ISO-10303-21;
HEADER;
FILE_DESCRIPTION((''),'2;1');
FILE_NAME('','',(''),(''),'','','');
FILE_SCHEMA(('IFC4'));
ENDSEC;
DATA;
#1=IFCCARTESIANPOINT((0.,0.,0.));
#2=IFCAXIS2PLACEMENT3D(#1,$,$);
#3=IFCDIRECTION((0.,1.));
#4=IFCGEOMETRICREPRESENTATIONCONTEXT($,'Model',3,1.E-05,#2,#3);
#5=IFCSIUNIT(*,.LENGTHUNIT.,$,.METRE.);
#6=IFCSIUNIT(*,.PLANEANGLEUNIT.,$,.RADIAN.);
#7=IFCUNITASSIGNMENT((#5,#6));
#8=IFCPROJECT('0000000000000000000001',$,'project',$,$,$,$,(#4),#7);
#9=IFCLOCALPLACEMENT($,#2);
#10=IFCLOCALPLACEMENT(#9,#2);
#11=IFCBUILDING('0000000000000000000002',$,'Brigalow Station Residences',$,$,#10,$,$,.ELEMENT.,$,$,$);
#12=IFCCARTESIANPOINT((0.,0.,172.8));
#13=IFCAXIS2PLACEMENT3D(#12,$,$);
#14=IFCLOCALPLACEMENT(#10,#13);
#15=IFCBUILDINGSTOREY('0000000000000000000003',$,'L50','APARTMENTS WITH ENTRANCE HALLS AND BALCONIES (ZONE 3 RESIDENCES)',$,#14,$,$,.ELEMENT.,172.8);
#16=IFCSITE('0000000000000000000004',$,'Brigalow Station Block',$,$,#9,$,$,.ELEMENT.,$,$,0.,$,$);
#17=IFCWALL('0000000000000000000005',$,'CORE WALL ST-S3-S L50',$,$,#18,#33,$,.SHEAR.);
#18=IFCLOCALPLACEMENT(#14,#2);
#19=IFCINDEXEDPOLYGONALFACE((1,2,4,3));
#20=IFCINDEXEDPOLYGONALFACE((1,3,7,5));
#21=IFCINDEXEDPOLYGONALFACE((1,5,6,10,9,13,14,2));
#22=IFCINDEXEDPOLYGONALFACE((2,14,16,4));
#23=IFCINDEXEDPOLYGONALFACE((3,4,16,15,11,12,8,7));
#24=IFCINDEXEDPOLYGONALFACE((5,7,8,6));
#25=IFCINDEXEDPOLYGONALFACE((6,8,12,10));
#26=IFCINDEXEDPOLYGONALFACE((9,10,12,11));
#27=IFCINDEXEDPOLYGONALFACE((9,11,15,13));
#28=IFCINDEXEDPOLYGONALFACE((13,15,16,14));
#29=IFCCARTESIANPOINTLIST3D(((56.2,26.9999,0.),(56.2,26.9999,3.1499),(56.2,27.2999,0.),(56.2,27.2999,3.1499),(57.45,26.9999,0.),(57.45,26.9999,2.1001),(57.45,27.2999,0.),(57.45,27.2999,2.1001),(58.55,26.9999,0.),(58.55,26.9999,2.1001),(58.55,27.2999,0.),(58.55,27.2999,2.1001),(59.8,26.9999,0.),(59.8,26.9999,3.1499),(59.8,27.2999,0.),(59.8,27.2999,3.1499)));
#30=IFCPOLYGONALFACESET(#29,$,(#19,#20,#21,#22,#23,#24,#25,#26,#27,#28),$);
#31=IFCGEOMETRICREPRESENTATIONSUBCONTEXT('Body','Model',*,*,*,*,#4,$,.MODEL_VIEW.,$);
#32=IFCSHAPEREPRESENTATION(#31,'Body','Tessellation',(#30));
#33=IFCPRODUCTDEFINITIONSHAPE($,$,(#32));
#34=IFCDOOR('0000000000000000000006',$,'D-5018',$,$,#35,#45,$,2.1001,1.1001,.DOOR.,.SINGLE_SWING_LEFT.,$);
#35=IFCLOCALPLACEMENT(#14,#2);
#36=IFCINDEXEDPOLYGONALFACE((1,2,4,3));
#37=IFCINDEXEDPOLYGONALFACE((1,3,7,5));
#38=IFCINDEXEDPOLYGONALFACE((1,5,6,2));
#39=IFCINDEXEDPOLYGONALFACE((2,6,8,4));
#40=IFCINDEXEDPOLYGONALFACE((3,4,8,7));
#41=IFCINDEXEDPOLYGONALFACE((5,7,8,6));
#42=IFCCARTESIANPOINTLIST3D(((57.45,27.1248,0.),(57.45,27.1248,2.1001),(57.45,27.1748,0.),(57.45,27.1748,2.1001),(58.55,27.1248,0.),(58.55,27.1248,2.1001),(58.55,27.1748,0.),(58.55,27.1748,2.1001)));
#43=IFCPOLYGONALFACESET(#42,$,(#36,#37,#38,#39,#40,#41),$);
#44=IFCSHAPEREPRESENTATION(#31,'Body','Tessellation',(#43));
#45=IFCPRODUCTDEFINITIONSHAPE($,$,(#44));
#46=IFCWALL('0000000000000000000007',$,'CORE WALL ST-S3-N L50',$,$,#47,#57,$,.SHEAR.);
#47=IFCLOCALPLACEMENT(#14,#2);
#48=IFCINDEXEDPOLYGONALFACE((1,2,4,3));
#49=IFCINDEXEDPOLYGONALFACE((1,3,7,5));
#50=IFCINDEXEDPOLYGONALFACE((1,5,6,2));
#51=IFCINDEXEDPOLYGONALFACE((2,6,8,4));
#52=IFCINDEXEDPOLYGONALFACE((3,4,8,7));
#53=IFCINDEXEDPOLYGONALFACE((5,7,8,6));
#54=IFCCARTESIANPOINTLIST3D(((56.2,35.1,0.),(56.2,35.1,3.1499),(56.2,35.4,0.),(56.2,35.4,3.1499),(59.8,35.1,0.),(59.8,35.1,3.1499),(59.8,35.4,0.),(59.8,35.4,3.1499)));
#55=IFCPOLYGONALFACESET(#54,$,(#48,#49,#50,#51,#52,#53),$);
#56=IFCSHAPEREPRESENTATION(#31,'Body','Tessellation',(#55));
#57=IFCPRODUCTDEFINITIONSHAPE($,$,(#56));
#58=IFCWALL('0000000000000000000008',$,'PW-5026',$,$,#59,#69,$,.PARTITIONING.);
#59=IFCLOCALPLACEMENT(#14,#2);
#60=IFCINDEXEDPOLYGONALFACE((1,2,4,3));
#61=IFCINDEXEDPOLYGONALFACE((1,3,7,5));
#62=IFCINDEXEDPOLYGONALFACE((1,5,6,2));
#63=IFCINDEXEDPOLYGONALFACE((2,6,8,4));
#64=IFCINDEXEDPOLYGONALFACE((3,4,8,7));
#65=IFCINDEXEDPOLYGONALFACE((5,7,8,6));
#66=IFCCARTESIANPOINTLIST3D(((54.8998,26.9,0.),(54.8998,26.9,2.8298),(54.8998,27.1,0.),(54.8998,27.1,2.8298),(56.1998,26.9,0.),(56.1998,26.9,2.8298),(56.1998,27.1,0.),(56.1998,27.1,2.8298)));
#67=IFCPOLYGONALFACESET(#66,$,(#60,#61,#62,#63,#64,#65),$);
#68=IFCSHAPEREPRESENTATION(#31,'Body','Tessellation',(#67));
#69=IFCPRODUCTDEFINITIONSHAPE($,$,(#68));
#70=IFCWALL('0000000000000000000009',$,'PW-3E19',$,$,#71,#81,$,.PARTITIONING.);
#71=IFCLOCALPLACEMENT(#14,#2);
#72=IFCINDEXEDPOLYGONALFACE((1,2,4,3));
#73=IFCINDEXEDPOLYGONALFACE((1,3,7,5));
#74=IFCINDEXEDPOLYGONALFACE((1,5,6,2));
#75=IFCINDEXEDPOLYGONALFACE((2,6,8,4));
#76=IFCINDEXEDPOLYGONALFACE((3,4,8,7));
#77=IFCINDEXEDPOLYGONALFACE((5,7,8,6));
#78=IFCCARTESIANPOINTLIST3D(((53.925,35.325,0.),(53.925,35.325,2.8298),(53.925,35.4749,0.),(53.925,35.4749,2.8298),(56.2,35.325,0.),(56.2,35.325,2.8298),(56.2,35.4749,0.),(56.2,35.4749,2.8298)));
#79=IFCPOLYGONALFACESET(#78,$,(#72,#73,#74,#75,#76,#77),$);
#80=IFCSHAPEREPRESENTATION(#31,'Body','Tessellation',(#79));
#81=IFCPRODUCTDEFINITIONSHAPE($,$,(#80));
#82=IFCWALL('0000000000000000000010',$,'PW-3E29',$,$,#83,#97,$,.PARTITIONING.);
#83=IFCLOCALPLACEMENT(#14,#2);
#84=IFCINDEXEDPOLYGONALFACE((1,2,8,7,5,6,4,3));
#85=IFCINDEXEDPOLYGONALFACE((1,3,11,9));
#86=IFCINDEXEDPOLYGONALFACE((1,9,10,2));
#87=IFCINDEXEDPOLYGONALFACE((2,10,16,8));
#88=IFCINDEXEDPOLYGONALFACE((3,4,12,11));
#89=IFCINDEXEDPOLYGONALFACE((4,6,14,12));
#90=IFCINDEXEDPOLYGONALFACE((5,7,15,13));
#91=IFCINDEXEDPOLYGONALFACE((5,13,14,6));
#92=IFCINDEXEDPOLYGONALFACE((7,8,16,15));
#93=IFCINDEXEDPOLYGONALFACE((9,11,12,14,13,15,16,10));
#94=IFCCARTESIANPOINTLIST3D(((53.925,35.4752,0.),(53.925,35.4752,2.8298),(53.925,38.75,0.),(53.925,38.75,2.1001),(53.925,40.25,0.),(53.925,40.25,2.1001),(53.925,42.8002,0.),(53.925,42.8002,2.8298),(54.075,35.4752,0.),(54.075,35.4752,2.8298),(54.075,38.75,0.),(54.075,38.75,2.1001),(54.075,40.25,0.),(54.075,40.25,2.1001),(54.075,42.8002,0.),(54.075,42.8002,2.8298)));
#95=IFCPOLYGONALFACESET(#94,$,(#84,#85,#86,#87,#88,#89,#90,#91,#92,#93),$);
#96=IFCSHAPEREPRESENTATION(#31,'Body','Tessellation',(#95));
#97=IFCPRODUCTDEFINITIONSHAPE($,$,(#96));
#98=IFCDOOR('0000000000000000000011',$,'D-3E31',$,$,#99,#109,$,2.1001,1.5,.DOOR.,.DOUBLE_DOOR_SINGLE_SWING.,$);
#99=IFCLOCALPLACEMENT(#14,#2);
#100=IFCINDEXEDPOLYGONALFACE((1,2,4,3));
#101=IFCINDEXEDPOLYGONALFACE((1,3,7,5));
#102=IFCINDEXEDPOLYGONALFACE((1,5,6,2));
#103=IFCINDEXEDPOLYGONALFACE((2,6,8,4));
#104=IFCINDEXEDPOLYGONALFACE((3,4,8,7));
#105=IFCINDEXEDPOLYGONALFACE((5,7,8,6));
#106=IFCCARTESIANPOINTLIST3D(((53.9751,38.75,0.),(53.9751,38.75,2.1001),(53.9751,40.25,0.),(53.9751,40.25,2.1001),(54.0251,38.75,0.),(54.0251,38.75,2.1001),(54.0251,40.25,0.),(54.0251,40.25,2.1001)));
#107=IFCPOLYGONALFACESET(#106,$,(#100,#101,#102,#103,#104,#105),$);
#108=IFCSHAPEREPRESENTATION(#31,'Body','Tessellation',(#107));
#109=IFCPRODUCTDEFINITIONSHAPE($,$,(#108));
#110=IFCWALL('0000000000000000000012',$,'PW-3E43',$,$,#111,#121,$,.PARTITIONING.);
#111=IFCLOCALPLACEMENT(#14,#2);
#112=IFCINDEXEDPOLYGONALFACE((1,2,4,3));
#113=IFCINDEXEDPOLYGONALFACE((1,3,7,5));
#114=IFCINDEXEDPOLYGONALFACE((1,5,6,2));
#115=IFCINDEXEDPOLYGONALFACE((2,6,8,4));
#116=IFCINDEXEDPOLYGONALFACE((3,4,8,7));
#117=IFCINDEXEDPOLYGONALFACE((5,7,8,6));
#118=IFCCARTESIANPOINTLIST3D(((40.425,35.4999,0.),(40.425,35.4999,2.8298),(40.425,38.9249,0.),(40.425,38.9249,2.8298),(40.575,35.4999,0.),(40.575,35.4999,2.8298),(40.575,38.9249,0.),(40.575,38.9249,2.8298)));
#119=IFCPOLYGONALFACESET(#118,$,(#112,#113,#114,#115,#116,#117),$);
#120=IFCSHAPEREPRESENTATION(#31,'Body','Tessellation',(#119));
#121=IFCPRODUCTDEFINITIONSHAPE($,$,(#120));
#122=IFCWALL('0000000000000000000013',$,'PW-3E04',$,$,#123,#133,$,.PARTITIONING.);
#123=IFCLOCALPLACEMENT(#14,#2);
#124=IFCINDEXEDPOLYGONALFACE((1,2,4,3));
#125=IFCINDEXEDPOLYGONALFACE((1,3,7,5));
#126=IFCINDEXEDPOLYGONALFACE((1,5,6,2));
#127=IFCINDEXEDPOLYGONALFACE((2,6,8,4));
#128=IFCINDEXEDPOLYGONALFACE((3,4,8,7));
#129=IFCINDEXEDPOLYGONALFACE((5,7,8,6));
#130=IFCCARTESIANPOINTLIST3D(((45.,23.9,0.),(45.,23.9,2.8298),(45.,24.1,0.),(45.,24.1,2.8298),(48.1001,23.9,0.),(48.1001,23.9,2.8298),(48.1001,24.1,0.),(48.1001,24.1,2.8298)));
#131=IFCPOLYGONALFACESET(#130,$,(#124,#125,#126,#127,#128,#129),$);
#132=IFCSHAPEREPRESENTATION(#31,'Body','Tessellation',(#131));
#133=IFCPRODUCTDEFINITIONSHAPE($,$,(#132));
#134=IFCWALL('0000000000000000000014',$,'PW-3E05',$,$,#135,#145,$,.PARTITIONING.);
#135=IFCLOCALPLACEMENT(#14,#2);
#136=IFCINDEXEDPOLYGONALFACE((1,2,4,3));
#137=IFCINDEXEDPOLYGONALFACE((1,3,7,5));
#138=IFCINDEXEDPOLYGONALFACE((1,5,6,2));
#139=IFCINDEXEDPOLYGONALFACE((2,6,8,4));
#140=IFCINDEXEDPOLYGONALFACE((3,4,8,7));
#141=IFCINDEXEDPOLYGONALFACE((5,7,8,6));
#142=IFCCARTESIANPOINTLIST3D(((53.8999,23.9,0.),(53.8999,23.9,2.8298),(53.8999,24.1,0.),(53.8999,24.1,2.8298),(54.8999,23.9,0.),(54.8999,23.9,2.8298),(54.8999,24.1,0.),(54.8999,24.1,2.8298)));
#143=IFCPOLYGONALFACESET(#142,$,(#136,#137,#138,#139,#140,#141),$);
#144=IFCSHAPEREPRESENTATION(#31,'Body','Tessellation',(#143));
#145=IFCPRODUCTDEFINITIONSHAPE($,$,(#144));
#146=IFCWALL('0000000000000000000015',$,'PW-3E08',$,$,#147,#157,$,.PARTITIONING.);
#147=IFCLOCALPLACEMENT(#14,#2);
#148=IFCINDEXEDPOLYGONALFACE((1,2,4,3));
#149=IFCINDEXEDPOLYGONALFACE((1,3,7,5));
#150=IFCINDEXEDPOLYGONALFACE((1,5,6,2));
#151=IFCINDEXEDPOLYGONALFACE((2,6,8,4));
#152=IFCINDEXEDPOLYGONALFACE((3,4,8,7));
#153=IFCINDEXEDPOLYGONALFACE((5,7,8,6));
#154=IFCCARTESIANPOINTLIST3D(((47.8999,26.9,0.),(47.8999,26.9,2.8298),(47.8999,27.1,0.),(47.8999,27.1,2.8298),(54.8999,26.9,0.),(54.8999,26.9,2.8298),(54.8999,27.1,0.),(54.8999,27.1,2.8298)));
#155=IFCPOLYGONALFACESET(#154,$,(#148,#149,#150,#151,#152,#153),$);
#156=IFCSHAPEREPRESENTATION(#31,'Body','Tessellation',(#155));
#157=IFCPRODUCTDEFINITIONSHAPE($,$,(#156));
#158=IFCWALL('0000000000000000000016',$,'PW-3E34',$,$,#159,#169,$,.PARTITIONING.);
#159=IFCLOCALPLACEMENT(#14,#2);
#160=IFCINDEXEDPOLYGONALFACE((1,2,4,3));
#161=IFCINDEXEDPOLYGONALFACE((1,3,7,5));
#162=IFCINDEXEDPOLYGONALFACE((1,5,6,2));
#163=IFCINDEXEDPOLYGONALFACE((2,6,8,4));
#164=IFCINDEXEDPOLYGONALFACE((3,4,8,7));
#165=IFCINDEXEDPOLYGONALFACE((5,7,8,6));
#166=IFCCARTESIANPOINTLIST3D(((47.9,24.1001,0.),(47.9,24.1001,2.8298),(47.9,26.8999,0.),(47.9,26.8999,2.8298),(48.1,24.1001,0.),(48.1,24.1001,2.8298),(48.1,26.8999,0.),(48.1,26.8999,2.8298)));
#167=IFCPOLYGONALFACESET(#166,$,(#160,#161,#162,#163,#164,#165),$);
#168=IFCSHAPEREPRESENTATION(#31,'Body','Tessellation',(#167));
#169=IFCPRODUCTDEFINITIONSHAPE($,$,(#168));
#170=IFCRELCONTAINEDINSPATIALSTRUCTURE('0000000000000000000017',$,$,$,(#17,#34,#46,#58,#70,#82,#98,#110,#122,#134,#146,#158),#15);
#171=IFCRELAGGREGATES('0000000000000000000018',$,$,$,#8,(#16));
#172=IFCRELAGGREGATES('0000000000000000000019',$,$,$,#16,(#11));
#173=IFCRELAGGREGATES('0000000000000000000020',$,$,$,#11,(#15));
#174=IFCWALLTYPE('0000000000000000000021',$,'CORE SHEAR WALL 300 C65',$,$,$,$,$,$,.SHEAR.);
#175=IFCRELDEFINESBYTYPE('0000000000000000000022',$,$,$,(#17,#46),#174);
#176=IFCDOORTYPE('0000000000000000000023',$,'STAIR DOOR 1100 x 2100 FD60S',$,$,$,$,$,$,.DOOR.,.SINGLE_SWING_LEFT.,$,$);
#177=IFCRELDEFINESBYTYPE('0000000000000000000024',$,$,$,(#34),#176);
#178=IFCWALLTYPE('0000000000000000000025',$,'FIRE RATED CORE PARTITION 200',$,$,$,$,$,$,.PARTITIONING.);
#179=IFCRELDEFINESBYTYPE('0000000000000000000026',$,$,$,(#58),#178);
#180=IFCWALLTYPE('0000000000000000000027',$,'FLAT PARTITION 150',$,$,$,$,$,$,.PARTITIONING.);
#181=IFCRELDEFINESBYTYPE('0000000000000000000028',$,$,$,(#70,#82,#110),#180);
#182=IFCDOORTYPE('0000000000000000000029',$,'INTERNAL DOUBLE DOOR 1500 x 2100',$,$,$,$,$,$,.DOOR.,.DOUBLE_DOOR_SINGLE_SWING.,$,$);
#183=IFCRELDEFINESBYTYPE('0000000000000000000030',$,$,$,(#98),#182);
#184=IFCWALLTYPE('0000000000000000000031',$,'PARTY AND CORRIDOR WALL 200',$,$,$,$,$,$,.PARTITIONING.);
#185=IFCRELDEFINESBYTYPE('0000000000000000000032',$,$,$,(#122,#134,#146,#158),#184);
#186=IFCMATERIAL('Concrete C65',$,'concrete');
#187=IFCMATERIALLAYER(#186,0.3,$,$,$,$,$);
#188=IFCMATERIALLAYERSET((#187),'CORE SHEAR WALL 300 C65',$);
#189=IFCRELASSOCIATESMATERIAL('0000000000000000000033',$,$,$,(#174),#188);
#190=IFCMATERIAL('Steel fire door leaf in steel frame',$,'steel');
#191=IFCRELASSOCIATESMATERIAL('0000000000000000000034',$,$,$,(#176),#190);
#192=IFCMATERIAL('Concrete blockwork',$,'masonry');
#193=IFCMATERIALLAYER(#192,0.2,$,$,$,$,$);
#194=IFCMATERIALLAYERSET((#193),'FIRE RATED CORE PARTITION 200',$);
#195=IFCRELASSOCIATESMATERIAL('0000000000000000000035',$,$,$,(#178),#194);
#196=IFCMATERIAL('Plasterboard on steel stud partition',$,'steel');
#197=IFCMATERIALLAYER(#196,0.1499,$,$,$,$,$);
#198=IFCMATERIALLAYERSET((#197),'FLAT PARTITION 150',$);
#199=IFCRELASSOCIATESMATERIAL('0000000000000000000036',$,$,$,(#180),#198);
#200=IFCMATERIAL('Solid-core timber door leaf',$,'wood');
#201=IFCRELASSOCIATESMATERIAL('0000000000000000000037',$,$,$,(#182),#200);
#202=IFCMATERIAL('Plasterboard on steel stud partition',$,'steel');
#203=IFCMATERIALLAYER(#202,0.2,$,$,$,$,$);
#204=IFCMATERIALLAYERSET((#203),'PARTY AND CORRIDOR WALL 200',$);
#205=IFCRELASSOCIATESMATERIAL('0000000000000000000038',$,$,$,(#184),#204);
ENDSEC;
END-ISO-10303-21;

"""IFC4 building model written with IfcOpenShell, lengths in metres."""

from ifc_helpers import new_model, si_unit, direction, frame, frame_2d, origin, place, context, subcontext, project, spatial, rectangle, extrude, material, layer, layer_set, type_object, element, fill, save


model = new_model("IFC4")

# Units and contexts
model_context = context("Model", 3, precision=1e-05, world=origin(), true_north=direction((0.0, 1.0)))
body_context = subcontext(model_context, "Body", "Model", "MODEL_VIEW")
ifc_project = project(units=[si_unit("LENGTHUNIT", "METRE"), si_unit("PLANEANGLEUNIT", "RADIAN")], contexts=[model_context])

# Site, building, storey
site_placement = place(None, origin())
site = spatial("IfcSite", under=ifc_project, at=site_placement, Name="Brigalow Station Block", CompositionType="ELEMENT", RefElevation=0.0)
building_placement = place(site_placement, origin())
building = spatial("IfcBuilding", under=site, at=building_placement, Name="Brigalow Station Residences", CompositionType="ELEMENT")
storey_placement = place(building_placement, frame((0.0, 0.0, 172.8)))
storey = spatial("IfcBuildingStorey", under=building, at=storey_placement, Name="L50", Description="APARTMENTS WITH ENTRANCE HALLS AND BALCONIES (ZONE 3 RESIDENCES)", CompositionType="ELEMENT", Elevation=172.8)

# Wall, opening, door
ifc_material_1 = material(Name="Concrete C65", Category="concrete")
ifc_layer_1 = layer(ifc_material_1, 0.3)
ifc_layer_set_1 = layer_set([ifc_layer_1], Name="CORE SHEAR WALL 300 C65")
wall_type_1 = type_object("IfcWallType", Name="CORE SHEAR WALL 300 C65", PredefinedType="SHEAR", material=ifc_layer_set_1)
wall_1_placement = place(storey_placement, frame((56.2, 27.1499, 0.0), z_axis=(0.0, 0.0, 1.0), x_axis=(1.0, 0.0, 0.0)))
wall_1 = element("IfcWall", 1, at=wall_1_placement, inside=storey, type_object=wall_type_1, Name="CORE WALL ST-S3-S L50", PredefinedType="SHEAR", context=body_context, shape_type="SweptSolid", body=[
    extrude(rectangle(XDim=3.6001, YDim=0.3, at=frame_2d((1.8, 0.0))), origin(), (0.0, 0.0, 1.0), 3.1499),
])
opening_1_placement = place(wall_1_placement, frame((1.25, 0.0, 0.0)))
opening_1 = element("IfcOpeningElement", 2, at=opening_1_placement, cuts=wall_1, PredefinedType="OPENING", context=body_context, shape_type="SweptSolid", body=[
    extrude(rectangle(XDim=1.1001, YDim=2.1001, at=frame_2d((0.55, 1.05))), frame((0.0, 0.1602, 0.0), z_axis=(0.0, -1.0, 0.0), x_axis=(1.0, 0.0, 0.0)), (0.0, 0.0, 1.0), 0.3201),
])
ifc_material_2 = material(Name="Steel fire door leaf in steel frame", Category="steel")
door_type_1 = type_object("IfcDoorType", Name="STAIR DOOR 1100 x 2100 FD60S", OperationType="SINGLE_SWING_LEFT", PredefinedType="DOOR", material=ifc_material_2)
door_1_placement = place(opening_1_placement, origin())
door_1 = element("IfcDoor", 3, at=door_1_placement, inside=storey, type_object=door_type_1, Name="D-5018", OperationType="SINGLE_SWING_LEFT", OverallHeight=2.1001, OverallWidth=1.1001, PredefinedType="DOOR", context=body_context, shape_type="SweptSolid", body=[
    extrude(rectangle(XDim=1.1001, YDim=2.1001, at=frame_2d((0.55, 1.05))), frame((0.0, 0.0249, 0.0), z_axis=(0.0, -1.0, 0.0), x_axis=(1.0, 0.0, 0.0)), (0.0, 0.0, 1.0), 0.05),
])
fill(opening_1, door_1)

# Walls
wall_2_placement = place(storey_placement, frame((56.2, 35.25, 0.0), z_axis=(0.0, 0.0, 1.0), x_axis=(1.0, 0.0, 0.0)))
element("IfcWall", 4, at=wall_2_placement, inside=storey, type_object=wall_type_1, Name="CORE WALL ST-S3-N L50", PredefinedType="SHEAR", context=body_context, shape_type="SweptSolid", body=[
    extrude(rectangle(XDim=3.6001, YDim=0.3, at=frame_2d((1.8, 0.0))), origin(), (0.0, 0.0, 1.0), 3.1499),
])
ifc_material_3 = material(Name="Concrete blockwork", Category="masonry")
ifc_layer_2 = layer(ifc_material_3, 0.2)
ifc_layer_set_2 = layer_set([ifc_layer_2], Name="FIRE RATED CORE PARTITION 200")
wall_type_2 = type_object("IfcWallType", Name="FIRE RATED CORE PARTITION 200", PredefinedType="PARTITIONING", material=ifc_layer_set_2)
wall_3_placement = place(storey_placement, frame((54.8999, 27.0, 0.0), z_axis=(0.0, 0.0, 1.0), x_axis=(1.0, 0.0, 0.0)))
element("IfcWall", 5, at=wall_3_placement, inside=storey, type_object=wall_type_2, Name="PW-5026", PredefinedType="PARTITIONING", context=body_context, shape_type="SweptSolid", body=[
    extrude(rectangle(XDim=1.3, YDim=0.2, at=frame_2d((0.6499, 0.0))), origin(), (0.0, 0.0, 1.0), 2.8298),
])
ifc_material_4 = material(Name="Plasterboard on steel stud partition", Category="steel")
ifc_layer_3 = layer(ifc_material_4, 0.1499)
ifc_layer_set_3 = layer_set([ifc_layer_3], Name="FLAT PARTITION 150")
wall_type_3 = type_object("IfcWallType", Name="FLAT PARTITION 150", PredefinedType="PARTITIONING", material=ifc_layer_set_3)
wall_4_placement = place(storey_placement, frame((53.925, 35.3999, 0.0), z_axis=(0.0, 0.0, 1.0), x_axis=(1.0, 0.0, 0.0)))
element("IfcWall", 6, at=wall_4_placement, inside=storey, type_object=wall_type_3, Name="PW-3E19", PredefinedType="PARTITIONING", context=body_context, shape_type="SweptSolid", body=[
    extrude(rectangle(XDim=2.2749, YDim=0.1499, at=frame_2d((1.1375, 0.0))), origin(), (0.0, 0.0, 1.0), 2.8298),
])

# Wall, opening, door
wall_5_placement = place(storey_placement, frame((54.0, 35.4751, 0.0), z_axis=(0.0, 0.0, 1.0), x_axis=(0.0, 1.0, 0.0)))
wall_5 = element("IfcWall", 7, at=wall_5_placement, inside=storey, type_object=wall_type_3, Name="PW-3E29", PredefinedType="PARTITIONING", context=body_context, shape_type="SweptSolid", body=[
    extrude(rectangle(XDim=7.325, YDim=0.1499, at=frame_2d((3.6626, 0.0))), origin(), (0.0, 0.0, 1.0), 2.8298),
])
opening_2_placement = place(wall_5_placement, frame((3.2749, 0.0, 0.0)))
opening_2 = element("IfcOpeningElement", 8, at=opening_2_placement, cuts=wall_5, PredefinedType="OPENING", context=body_context, shape_type="SweptSolid", body=[
    extrude(rectangle(XDim=1.5, YDim=2.1001, at=frame_2d((0.75, 1.05))), frame((0.0, 0.085, 0.0), z_axis=(0.0, -1.0, 0.0), x_axis=(1.0, 0.0, 0.0)), (0.0, 0.0, 1.0), 0.1699),
])
ifc_material_5 = material(Name="Solid-core timber door leaf", Category="wood")
door_type_2 = type_object("IfcDoorType", Name="INTERNAL DOUBLE DOOR 1500 x 2100", OperationType="DOUBLE_DOOR_SINGLE_SWING", PredefinedType="DOOR", material=ifc_material_5)
door_2_placement = place(opening_2_placement, origin())
door_2 = element("IfcDoor", 9, at=door_2_placement, inside=storey, type_object=door_type_2, Name="D-3E31", OperationType="DOUBLE_DOOR_SINGLE_SWING", OverallHeight=2.1001, OverallWidth=1.5, PredefinedType="DOOR", context=body_context, shape_type="SweptSolid", body=[
    extrude(rectangle(XDim=1.5, YDim=2.1001, at=frame_2d((0.75, 1.05))), frame((0.0, 0.0249, 0.0), z_axis=(0.0, -1.0, 0.0), x_axis=(1.0, 0.0, 0.0)), (0.0, 0.0, 1.0), 0.05),
])
fill(opening_2, door_2)

# Walls
wall_6_placement = place(storey_placement, frame((40.5, 35.5, 0.0), z_axis=(0.0, 0.0, 1.0), x_axis=(0.0, 1.0, 0.0)))
element("IfcWall", 10, at=wall_6_placement, inside=storey, type_object=wall_type_3, Name="PW-3E43", PredefinedType="PARTITIONING", context=body_context, shape_type="SweptSolid", body=[
    extrude(rectangle(XDim=3.425, YDim=0.1499, at=frame_2d((1.7124, 0.0))), origin(), (0.0, 0.0, 1.0), 2.8298),
])
ifc_material_6 = material(Name="Plasterboard on steel stud partition", Category="steel")
ifc_layer_4 = layer(ifc_material_6, 0.2)
ifc_layer_set_4 = layer_set([ifc_layer_4], Name="PARTY AND CORRIDOR WALL 200")
wall_type_4 = type_object("IfcWallType", Name="PARTY AND CORRIDOR WALL 200", PredefinedType="PARTITIONING", material=ifc_layer_set_4)
wall_7_placement = place(storey_placement, frame((45.0, 24.0, 0.0), z_axis=(0.0, 0.0, 1.0), x_axis=(1.0, 0.0, 0.0)))
element("IfcWall", 11, at=wall_7_placement, inside=storey, type_object=wall_type_4, Name="PW-3E04", PredefinedType="PARTITIONING", context=body_context, shape_type="SweptSolid", body=[
    extrude(rectangle(XDim=3.1001, YDim=0.2, at=frame_2d((1.55, 0.0))), origin(), (0.0, 0.0, 1.0), 2.8298),
])
wall_8_placement = place(storey_placement, frame((53.8999, 24.0, 0.0), z_axis=(0.0, 0.0, 1.0), x_axis=(1.0, 0.0, 0.0)))
element("IfcWall", 12, at=wall_8_placement, inside=storey, type_object=wall_type_4, Name="PW-3E05", PredefinedType="PARTITIONING", context=body_context, shape_type="SweptSolid", body=[
    extrude(rectangle(XDim=1.0, YDim=0.2, at=frame_2d((0.5, 0.0))), origin(), (0.0, 0.0, 1.0), 2.8298),
])
wall_9_placement = place(storey_placement, frame((47.8999, 27.0, 0.0), z_axis=(0.0, 0.0, 1.0), x_axis=(1.0, 0.0, 0.0)))
element("IfcWall", 13, at=wall_9_placement, inside=storey, type_object=wall_type_4, Name="PW-3E08", PredefinedType="PARTITIONING", context=body_context, shape_type="SweptSolid", body=[
    extrude(rectangle(XDim=7.0, YDim=0.2, at=frame_2d((3.5, 0.0))), origin(), (0.0, 0.0, 1.0), 2.8298),
])
wall_10_placement = place(storey_placement, frame((48.0, 24.1001, 0.0), z_axis=(0.0, 0.0, 1.0), x_axis=(0.0, 1.0, 0.0)))
element("IfcWall", 14, at=wall_10_placement, inside=storey, type_object=wall_type_4, Name="PW-3E34", PredefinedType="PARTITIONING", context=body_context, shape_type="SweptSolid", body=[
    extrude(rectangle(XDim=2.7998, YDim=0.2, at=frame_2d((1.3999, 0.0))), origin(), (0.0, 0.0, 1.0), 2.8298),
])

save(model, "model.ifc")
